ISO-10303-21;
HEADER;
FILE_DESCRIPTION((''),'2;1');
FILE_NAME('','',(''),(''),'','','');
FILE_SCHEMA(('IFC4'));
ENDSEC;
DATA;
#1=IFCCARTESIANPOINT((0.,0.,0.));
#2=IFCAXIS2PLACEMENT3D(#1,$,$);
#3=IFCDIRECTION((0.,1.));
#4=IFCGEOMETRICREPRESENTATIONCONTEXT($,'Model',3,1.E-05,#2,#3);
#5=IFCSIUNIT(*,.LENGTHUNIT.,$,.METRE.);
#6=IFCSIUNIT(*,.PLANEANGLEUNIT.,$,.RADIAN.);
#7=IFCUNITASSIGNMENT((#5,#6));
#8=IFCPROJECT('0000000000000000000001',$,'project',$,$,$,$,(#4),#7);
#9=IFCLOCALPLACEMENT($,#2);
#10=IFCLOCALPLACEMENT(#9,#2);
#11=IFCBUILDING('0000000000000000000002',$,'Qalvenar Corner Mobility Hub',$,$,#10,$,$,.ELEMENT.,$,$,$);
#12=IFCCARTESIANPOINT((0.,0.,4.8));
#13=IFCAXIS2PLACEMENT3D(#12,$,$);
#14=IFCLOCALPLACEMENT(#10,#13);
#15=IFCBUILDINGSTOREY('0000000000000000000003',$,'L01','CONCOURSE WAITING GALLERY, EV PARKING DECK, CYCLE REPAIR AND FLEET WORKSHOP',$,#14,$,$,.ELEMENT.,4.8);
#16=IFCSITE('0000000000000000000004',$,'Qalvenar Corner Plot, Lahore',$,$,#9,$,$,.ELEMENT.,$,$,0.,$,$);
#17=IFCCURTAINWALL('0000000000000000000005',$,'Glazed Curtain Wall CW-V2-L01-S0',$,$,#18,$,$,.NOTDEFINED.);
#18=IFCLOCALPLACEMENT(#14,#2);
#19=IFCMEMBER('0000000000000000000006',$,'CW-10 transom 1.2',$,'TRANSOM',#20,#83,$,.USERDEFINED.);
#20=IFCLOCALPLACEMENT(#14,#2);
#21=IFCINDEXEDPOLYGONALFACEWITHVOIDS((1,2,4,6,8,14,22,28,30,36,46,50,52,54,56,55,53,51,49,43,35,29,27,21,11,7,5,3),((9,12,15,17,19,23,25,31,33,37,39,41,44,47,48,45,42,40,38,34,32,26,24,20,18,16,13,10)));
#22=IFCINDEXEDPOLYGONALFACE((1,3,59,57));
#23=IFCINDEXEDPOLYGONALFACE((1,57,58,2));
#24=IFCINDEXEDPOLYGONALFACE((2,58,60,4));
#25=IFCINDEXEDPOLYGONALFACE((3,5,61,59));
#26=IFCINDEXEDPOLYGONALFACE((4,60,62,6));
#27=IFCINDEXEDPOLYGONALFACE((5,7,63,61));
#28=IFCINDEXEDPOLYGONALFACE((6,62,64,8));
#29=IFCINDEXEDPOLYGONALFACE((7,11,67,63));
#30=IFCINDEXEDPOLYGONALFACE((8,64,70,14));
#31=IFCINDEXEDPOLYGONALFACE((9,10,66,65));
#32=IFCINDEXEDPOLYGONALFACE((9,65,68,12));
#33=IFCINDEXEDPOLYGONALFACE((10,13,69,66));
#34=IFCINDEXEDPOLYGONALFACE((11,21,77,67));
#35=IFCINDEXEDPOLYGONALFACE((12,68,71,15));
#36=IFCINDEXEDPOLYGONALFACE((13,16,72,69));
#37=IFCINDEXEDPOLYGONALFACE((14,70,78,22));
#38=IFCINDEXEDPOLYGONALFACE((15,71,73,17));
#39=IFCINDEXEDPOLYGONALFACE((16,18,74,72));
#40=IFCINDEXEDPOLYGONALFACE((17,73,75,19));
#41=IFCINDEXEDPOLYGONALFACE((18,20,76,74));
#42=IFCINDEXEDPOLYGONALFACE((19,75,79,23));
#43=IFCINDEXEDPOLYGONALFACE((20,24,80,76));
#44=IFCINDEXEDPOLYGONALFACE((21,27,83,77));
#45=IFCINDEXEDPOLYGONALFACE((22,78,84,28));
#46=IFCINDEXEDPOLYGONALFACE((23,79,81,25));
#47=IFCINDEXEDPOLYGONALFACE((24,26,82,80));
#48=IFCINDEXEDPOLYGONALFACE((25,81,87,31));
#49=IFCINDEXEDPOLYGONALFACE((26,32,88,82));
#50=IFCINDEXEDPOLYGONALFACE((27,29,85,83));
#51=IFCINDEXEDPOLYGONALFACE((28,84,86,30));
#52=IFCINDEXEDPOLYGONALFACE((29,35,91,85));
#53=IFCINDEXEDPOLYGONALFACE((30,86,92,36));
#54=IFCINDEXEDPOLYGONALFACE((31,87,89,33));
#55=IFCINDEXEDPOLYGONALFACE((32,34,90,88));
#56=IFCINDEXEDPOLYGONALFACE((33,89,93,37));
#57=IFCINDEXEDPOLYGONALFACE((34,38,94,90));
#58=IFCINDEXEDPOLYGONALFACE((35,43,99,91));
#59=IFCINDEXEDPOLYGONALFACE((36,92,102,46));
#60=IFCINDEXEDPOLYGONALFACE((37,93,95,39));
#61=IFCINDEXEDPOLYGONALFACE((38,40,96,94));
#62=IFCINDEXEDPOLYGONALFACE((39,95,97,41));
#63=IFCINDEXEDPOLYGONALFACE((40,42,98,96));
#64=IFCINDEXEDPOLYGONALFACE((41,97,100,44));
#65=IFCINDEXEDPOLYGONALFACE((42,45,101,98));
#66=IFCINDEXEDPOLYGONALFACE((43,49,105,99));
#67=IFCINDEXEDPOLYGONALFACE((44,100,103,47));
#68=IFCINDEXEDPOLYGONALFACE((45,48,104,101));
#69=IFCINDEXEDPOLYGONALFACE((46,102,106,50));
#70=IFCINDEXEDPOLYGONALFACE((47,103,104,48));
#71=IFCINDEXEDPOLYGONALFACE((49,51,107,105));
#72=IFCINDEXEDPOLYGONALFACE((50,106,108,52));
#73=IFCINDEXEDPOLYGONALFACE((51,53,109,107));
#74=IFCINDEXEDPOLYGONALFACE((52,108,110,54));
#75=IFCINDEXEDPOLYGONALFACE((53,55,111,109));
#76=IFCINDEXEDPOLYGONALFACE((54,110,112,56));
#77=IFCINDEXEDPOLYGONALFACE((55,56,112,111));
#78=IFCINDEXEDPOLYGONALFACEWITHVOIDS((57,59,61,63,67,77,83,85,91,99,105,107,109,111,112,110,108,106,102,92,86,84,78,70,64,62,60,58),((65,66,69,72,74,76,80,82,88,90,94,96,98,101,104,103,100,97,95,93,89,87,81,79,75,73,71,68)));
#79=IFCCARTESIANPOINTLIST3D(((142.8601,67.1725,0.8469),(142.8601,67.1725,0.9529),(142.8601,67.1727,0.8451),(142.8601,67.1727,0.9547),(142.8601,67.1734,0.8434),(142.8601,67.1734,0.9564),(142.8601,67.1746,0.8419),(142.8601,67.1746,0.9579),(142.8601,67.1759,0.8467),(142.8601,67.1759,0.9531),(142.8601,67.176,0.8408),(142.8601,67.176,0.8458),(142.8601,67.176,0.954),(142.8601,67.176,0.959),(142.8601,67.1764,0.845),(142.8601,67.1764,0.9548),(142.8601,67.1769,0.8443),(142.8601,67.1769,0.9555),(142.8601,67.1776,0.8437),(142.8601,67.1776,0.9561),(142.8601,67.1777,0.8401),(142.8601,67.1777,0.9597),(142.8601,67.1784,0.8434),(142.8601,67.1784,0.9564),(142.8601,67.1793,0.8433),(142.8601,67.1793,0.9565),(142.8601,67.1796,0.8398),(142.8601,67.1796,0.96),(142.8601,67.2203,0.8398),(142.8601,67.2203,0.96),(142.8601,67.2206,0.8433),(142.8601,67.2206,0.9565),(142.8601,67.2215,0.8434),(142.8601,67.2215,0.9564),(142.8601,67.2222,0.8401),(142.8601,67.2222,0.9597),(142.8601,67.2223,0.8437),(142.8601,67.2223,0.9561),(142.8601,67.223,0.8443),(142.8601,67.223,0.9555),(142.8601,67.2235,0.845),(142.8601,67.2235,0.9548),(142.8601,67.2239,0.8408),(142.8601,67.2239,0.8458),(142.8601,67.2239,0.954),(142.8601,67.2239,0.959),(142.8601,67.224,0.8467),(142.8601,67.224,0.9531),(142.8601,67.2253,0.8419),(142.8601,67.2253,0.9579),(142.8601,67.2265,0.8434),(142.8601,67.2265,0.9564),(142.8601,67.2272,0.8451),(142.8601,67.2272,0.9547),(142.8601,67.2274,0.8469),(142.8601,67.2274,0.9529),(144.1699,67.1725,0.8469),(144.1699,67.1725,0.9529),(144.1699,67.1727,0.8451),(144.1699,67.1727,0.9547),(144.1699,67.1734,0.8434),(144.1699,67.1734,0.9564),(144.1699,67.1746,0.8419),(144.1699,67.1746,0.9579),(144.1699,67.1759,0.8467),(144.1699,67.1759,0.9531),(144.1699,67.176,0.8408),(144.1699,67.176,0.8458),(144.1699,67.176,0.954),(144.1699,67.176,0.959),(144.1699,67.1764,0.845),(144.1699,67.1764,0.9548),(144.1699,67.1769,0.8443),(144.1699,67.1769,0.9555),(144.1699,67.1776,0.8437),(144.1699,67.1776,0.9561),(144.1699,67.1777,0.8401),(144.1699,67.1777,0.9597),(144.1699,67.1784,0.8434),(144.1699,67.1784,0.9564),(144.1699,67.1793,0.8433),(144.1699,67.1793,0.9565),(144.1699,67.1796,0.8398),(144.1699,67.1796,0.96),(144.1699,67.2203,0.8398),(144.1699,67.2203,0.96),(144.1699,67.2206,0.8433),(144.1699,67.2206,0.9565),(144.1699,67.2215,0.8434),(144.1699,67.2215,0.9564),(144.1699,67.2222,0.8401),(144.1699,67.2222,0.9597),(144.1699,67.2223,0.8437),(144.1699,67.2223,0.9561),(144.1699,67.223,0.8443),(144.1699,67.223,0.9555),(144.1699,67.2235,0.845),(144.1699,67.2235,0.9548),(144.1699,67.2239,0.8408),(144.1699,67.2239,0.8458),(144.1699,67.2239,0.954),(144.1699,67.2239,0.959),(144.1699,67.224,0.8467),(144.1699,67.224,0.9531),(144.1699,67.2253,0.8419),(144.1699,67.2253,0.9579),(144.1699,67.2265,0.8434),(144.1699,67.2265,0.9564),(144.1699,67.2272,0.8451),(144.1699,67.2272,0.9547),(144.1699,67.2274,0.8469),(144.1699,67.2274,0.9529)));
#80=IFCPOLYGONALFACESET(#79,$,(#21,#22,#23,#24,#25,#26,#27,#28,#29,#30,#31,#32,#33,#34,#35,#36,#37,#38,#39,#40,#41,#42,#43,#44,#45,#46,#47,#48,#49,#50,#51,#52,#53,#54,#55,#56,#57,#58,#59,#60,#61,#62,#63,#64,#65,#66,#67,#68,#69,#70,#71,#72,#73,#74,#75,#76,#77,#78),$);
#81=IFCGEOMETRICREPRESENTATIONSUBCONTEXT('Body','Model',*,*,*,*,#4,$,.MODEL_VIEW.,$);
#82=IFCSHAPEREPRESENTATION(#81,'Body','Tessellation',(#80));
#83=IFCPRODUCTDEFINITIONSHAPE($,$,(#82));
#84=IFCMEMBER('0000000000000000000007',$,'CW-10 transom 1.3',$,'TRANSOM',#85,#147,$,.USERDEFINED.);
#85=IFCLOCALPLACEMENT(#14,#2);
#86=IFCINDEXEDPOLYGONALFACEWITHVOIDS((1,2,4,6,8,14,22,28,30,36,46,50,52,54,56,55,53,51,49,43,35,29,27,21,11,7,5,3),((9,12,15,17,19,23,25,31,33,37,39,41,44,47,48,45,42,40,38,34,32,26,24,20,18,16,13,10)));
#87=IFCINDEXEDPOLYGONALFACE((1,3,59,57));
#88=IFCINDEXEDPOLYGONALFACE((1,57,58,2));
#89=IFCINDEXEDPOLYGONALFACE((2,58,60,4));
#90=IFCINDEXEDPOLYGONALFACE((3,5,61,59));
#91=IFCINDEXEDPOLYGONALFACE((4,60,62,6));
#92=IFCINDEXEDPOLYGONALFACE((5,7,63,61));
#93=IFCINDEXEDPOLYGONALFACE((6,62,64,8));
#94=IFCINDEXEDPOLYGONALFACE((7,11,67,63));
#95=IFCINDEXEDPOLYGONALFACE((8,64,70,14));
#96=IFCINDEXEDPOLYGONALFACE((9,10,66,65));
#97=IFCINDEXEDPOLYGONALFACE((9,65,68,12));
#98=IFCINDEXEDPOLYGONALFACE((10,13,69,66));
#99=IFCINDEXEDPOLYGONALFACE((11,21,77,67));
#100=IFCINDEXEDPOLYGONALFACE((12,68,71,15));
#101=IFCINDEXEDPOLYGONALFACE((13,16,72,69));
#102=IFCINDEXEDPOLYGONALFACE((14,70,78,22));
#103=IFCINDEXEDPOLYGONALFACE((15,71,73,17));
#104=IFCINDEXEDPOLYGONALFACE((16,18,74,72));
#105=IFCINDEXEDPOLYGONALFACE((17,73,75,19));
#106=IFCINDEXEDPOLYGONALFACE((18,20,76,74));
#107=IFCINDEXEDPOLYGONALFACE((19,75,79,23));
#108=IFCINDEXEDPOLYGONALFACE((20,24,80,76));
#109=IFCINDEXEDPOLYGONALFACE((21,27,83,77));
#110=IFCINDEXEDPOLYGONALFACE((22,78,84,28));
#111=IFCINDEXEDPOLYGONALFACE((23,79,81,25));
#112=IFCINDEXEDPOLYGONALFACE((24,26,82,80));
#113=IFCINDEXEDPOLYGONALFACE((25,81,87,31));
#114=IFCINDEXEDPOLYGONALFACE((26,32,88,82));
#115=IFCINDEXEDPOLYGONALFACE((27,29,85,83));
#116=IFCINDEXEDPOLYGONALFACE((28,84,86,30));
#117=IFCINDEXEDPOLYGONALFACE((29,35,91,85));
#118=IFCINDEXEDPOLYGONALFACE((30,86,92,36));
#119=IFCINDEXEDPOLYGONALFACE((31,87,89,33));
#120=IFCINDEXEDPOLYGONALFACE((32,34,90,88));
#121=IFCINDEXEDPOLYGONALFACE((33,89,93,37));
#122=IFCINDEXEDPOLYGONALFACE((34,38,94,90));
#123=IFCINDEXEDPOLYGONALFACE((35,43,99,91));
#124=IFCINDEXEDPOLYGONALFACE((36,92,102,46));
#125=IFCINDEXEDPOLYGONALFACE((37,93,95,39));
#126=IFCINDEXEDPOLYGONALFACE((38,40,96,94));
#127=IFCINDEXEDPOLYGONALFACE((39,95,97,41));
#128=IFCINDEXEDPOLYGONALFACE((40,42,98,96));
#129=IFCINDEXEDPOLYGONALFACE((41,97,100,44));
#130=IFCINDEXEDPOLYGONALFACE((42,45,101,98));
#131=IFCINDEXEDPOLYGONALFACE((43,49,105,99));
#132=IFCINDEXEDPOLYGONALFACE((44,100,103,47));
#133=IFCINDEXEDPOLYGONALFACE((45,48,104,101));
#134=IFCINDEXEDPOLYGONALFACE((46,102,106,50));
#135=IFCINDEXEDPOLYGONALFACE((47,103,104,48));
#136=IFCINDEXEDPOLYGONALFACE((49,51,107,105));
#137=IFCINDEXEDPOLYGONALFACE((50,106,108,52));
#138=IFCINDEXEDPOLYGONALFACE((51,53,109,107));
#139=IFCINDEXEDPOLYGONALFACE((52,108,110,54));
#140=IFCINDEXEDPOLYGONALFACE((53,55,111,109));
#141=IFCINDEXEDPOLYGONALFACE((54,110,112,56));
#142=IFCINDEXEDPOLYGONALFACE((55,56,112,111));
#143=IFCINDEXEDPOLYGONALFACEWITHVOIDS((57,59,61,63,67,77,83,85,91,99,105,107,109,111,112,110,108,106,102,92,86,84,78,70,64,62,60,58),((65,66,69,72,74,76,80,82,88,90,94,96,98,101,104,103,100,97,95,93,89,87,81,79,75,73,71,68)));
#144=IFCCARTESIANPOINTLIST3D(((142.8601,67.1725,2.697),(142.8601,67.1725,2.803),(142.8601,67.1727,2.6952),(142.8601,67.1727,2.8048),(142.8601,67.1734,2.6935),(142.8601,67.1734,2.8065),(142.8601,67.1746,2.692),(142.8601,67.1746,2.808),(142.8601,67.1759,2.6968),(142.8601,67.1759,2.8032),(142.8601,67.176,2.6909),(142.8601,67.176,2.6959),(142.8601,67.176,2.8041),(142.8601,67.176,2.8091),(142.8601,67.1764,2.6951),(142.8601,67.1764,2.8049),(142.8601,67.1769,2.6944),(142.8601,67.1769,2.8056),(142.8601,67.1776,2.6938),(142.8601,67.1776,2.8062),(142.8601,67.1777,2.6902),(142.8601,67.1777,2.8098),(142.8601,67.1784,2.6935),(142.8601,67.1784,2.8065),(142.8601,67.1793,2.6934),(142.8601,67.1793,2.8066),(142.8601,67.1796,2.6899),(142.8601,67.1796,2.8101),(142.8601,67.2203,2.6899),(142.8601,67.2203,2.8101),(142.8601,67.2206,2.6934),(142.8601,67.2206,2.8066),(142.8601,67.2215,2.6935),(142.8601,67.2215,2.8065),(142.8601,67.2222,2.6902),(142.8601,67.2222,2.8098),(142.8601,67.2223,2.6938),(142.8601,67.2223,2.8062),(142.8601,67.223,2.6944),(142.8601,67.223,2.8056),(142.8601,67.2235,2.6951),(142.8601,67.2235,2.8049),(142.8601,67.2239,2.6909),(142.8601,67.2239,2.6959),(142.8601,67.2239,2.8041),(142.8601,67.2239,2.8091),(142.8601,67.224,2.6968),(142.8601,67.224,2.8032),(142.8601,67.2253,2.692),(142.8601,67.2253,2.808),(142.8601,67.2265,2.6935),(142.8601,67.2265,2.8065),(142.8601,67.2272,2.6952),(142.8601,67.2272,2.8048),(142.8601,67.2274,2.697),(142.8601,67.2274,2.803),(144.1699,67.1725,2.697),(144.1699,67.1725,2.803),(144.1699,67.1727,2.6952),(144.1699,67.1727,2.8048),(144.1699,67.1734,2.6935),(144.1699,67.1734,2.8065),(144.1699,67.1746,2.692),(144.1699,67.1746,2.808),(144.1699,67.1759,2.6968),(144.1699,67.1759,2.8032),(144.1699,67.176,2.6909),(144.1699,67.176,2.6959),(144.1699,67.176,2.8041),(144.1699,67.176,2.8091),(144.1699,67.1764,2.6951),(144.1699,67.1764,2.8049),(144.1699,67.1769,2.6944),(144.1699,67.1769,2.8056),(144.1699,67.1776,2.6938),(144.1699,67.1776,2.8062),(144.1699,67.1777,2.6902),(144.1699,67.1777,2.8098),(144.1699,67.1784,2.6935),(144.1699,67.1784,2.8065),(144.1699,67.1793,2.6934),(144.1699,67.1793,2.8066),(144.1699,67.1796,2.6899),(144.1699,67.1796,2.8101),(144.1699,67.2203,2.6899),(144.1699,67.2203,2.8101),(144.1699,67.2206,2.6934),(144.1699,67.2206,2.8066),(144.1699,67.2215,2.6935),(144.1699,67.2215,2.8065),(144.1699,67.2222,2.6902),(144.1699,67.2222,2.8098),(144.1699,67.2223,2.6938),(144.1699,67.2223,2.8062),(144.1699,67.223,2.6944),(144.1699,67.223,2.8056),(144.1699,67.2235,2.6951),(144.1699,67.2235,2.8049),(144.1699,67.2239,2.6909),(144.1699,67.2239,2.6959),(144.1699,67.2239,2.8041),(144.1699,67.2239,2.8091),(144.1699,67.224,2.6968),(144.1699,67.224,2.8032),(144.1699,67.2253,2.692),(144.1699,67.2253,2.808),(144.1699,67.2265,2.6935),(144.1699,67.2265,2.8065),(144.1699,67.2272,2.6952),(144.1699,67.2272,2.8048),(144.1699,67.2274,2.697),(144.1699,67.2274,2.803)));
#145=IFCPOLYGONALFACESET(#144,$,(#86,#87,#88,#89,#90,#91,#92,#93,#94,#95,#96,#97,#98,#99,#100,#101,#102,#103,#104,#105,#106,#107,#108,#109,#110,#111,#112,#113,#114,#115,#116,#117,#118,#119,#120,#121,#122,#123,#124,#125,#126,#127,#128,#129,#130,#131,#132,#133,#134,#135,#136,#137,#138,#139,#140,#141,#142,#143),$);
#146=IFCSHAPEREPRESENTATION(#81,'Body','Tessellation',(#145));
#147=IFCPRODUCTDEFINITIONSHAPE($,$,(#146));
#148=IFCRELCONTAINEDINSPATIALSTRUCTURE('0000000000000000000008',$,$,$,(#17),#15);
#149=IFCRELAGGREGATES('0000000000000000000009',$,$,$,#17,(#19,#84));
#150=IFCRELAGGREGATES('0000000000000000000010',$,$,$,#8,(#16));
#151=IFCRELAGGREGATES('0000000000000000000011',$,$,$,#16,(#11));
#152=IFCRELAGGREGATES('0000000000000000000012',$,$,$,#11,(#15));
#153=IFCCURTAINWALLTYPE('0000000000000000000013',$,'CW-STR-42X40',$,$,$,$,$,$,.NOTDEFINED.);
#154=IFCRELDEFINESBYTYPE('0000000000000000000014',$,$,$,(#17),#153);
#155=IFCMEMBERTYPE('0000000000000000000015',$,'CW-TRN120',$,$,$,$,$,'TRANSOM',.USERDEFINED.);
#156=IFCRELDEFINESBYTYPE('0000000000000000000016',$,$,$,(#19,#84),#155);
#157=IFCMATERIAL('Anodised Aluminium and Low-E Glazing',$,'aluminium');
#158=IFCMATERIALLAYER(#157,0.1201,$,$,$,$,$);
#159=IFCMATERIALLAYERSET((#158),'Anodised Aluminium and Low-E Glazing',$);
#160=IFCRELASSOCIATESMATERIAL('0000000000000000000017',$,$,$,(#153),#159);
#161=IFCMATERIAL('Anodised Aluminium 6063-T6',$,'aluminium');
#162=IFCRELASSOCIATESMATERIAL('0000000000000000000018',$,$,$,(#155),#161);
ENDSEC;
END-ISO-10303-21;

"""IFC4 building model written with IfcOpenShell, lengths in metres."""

from ifc_helpers import new_model, si_unit, direction, frame, origin, origin_2d, place, context, subcontext, project, spatial, hollow_rectangle, extrude, material, layer, layer_set, material_profile, profile_set, type_object, element, aggregate, save


model = new_model("IFC4")

# Units and contexts
model_context = context("Model", 3, precision=1e-05, world=origin(), true_north=direction((0.0, 1.0)))
body_context = subcontext(model_context, "Body", "Model", "MODEL_VIEW")
ifc_project = project(units=[si_unit("LENGTHUNIT", "METRE"), si_unit("PLANEANGLEUNIT", "RADIAN")], contexts=[model_context])

# Site, building, storey
site_placement = place(None, origin())
site = spatial("IfcSite", under=ifc_project, at=site_placement, Name="Qalvenar Corner Plot, Lahore", CompositionType="ELEMENT", RefElevation=0.0)
building_placement = place(site_placement, origin())
building = spatial("IfcBuilding", under=site, at=building_placement, Name="Qalvenar Corner Mobility Hub", CompositionType="ELEMENT")
storey_placement = place(building_placement, frame((0.0, 0.0, 4.8)))
storey = spatial("IfcBuildingStorey", under=building, at=storey_placement, Name="L01", Description="CONCOURSE WAITING GALLERY, EV PARKING DECK, CYCLE REPAIR AND FLEET WORKSHOP", CompositionType="ELEMENT", Elevation=4.8)

# Curtain wall, members
ifc_material_1 = material(Name="Anodised Aluminium and Low-E Glazing", Category="aluminium")
ifc_layer_1 = layer(ifc_material_1, 0.1201)
ifc_layer_set_1 = layer_set([ifc_layer_1], Name="Anodised Aluminium and Low-E Glazing")
curtain_wall_type = type_object("IfcCurtainWallType", Name="CW-STR-42X40", PredefinedType="NOTDEFINED", material=ifc_layer_set_1)
curtain_wall_placement = place(storey_placement, origin())
curtain_wall = element("IfcCurtainWall", 1, at=curtain_wall_placement, inside=storey, type_object=curtain_wall_type, Name="Glazed Curtain Wall CW-V2-L01-S0", PredefinedType="NOTDEFINED")
ifc_material_2 = material(Name="Anodised Aluminium 6063-T6", Category="aluminium")
ifc_material_profile_1 = material_profile(ifc_material_2, hollow_rectangle(XDim=0.0549, YDim=0.1201, WallThickness=0.0034, InnerFilletRadius=0.0034, OuterFilletRadius=0.0071, at=origin_2d()), Name="RHS120x55x3.5")
ifc_profile_set_1 = profile_set([ifc_material_profile_1], Name="Anodised Aluminium 6063-T6")
member_type_1 = type_object("IfcMemberType", Name="CW-TRN120", ElementType="TRANSOM", PredefinedType="USERDEFINED", material=ifc_profile_set_1)
member_1_placement = place(storey_placement, frame((142.8601, 67.2, 0.8999), z_axis=(1.0, 0.0, 0.0), x_axis=(0.0, 1.0, 0.0)))
member_1 = element("IfcMember", 2, at=member_1_placement, type_object=member_type_1, Name="CW-10 transom 1.2", ObjectType="TRANSOM", PredefinedType="USERDEFINED", context=body_context, shape_type="SweptSolid", body=[
    extrude(hollow_rectangle(XDim=0.0549, YDim=0.1201, WallThickness=0.0034, InnerFilletRadius=0.0034, OuterFilletRadius=0.0071, at=origin_2d()), origin(), (0.0, 0.0, 1.0), 1.3098),
])
member_2_placement = place(storey_placement, frame((142.8601, 67.2, 2.75), z_axis=(1.0, 0.0, 0.0), x_axis=(0.0, 1.0, 0.0)))
member_2 = element("IfcMember", 3, at=member_2_placement, type_object=member_type_1, Name="CW-10 transom 1.3", ObjectType="TRANSOM", PredefinedType="USERDEFINED", context=body_context, shape_type="SweptSolid", body=[
    extrude(hollow_rectangle(XDim=0.0549, YDim=0.1201, WallThickness=0.0034, InnerFilletRadius=0.0034, OuterFilletRadius=0.0071, at=origin_2d()), origin(), (0.0, 0.0, 1.0), 1.3098),
])
aggregate(curtain_wall, [member_1, member_2])

save(model, "model.ifc")
